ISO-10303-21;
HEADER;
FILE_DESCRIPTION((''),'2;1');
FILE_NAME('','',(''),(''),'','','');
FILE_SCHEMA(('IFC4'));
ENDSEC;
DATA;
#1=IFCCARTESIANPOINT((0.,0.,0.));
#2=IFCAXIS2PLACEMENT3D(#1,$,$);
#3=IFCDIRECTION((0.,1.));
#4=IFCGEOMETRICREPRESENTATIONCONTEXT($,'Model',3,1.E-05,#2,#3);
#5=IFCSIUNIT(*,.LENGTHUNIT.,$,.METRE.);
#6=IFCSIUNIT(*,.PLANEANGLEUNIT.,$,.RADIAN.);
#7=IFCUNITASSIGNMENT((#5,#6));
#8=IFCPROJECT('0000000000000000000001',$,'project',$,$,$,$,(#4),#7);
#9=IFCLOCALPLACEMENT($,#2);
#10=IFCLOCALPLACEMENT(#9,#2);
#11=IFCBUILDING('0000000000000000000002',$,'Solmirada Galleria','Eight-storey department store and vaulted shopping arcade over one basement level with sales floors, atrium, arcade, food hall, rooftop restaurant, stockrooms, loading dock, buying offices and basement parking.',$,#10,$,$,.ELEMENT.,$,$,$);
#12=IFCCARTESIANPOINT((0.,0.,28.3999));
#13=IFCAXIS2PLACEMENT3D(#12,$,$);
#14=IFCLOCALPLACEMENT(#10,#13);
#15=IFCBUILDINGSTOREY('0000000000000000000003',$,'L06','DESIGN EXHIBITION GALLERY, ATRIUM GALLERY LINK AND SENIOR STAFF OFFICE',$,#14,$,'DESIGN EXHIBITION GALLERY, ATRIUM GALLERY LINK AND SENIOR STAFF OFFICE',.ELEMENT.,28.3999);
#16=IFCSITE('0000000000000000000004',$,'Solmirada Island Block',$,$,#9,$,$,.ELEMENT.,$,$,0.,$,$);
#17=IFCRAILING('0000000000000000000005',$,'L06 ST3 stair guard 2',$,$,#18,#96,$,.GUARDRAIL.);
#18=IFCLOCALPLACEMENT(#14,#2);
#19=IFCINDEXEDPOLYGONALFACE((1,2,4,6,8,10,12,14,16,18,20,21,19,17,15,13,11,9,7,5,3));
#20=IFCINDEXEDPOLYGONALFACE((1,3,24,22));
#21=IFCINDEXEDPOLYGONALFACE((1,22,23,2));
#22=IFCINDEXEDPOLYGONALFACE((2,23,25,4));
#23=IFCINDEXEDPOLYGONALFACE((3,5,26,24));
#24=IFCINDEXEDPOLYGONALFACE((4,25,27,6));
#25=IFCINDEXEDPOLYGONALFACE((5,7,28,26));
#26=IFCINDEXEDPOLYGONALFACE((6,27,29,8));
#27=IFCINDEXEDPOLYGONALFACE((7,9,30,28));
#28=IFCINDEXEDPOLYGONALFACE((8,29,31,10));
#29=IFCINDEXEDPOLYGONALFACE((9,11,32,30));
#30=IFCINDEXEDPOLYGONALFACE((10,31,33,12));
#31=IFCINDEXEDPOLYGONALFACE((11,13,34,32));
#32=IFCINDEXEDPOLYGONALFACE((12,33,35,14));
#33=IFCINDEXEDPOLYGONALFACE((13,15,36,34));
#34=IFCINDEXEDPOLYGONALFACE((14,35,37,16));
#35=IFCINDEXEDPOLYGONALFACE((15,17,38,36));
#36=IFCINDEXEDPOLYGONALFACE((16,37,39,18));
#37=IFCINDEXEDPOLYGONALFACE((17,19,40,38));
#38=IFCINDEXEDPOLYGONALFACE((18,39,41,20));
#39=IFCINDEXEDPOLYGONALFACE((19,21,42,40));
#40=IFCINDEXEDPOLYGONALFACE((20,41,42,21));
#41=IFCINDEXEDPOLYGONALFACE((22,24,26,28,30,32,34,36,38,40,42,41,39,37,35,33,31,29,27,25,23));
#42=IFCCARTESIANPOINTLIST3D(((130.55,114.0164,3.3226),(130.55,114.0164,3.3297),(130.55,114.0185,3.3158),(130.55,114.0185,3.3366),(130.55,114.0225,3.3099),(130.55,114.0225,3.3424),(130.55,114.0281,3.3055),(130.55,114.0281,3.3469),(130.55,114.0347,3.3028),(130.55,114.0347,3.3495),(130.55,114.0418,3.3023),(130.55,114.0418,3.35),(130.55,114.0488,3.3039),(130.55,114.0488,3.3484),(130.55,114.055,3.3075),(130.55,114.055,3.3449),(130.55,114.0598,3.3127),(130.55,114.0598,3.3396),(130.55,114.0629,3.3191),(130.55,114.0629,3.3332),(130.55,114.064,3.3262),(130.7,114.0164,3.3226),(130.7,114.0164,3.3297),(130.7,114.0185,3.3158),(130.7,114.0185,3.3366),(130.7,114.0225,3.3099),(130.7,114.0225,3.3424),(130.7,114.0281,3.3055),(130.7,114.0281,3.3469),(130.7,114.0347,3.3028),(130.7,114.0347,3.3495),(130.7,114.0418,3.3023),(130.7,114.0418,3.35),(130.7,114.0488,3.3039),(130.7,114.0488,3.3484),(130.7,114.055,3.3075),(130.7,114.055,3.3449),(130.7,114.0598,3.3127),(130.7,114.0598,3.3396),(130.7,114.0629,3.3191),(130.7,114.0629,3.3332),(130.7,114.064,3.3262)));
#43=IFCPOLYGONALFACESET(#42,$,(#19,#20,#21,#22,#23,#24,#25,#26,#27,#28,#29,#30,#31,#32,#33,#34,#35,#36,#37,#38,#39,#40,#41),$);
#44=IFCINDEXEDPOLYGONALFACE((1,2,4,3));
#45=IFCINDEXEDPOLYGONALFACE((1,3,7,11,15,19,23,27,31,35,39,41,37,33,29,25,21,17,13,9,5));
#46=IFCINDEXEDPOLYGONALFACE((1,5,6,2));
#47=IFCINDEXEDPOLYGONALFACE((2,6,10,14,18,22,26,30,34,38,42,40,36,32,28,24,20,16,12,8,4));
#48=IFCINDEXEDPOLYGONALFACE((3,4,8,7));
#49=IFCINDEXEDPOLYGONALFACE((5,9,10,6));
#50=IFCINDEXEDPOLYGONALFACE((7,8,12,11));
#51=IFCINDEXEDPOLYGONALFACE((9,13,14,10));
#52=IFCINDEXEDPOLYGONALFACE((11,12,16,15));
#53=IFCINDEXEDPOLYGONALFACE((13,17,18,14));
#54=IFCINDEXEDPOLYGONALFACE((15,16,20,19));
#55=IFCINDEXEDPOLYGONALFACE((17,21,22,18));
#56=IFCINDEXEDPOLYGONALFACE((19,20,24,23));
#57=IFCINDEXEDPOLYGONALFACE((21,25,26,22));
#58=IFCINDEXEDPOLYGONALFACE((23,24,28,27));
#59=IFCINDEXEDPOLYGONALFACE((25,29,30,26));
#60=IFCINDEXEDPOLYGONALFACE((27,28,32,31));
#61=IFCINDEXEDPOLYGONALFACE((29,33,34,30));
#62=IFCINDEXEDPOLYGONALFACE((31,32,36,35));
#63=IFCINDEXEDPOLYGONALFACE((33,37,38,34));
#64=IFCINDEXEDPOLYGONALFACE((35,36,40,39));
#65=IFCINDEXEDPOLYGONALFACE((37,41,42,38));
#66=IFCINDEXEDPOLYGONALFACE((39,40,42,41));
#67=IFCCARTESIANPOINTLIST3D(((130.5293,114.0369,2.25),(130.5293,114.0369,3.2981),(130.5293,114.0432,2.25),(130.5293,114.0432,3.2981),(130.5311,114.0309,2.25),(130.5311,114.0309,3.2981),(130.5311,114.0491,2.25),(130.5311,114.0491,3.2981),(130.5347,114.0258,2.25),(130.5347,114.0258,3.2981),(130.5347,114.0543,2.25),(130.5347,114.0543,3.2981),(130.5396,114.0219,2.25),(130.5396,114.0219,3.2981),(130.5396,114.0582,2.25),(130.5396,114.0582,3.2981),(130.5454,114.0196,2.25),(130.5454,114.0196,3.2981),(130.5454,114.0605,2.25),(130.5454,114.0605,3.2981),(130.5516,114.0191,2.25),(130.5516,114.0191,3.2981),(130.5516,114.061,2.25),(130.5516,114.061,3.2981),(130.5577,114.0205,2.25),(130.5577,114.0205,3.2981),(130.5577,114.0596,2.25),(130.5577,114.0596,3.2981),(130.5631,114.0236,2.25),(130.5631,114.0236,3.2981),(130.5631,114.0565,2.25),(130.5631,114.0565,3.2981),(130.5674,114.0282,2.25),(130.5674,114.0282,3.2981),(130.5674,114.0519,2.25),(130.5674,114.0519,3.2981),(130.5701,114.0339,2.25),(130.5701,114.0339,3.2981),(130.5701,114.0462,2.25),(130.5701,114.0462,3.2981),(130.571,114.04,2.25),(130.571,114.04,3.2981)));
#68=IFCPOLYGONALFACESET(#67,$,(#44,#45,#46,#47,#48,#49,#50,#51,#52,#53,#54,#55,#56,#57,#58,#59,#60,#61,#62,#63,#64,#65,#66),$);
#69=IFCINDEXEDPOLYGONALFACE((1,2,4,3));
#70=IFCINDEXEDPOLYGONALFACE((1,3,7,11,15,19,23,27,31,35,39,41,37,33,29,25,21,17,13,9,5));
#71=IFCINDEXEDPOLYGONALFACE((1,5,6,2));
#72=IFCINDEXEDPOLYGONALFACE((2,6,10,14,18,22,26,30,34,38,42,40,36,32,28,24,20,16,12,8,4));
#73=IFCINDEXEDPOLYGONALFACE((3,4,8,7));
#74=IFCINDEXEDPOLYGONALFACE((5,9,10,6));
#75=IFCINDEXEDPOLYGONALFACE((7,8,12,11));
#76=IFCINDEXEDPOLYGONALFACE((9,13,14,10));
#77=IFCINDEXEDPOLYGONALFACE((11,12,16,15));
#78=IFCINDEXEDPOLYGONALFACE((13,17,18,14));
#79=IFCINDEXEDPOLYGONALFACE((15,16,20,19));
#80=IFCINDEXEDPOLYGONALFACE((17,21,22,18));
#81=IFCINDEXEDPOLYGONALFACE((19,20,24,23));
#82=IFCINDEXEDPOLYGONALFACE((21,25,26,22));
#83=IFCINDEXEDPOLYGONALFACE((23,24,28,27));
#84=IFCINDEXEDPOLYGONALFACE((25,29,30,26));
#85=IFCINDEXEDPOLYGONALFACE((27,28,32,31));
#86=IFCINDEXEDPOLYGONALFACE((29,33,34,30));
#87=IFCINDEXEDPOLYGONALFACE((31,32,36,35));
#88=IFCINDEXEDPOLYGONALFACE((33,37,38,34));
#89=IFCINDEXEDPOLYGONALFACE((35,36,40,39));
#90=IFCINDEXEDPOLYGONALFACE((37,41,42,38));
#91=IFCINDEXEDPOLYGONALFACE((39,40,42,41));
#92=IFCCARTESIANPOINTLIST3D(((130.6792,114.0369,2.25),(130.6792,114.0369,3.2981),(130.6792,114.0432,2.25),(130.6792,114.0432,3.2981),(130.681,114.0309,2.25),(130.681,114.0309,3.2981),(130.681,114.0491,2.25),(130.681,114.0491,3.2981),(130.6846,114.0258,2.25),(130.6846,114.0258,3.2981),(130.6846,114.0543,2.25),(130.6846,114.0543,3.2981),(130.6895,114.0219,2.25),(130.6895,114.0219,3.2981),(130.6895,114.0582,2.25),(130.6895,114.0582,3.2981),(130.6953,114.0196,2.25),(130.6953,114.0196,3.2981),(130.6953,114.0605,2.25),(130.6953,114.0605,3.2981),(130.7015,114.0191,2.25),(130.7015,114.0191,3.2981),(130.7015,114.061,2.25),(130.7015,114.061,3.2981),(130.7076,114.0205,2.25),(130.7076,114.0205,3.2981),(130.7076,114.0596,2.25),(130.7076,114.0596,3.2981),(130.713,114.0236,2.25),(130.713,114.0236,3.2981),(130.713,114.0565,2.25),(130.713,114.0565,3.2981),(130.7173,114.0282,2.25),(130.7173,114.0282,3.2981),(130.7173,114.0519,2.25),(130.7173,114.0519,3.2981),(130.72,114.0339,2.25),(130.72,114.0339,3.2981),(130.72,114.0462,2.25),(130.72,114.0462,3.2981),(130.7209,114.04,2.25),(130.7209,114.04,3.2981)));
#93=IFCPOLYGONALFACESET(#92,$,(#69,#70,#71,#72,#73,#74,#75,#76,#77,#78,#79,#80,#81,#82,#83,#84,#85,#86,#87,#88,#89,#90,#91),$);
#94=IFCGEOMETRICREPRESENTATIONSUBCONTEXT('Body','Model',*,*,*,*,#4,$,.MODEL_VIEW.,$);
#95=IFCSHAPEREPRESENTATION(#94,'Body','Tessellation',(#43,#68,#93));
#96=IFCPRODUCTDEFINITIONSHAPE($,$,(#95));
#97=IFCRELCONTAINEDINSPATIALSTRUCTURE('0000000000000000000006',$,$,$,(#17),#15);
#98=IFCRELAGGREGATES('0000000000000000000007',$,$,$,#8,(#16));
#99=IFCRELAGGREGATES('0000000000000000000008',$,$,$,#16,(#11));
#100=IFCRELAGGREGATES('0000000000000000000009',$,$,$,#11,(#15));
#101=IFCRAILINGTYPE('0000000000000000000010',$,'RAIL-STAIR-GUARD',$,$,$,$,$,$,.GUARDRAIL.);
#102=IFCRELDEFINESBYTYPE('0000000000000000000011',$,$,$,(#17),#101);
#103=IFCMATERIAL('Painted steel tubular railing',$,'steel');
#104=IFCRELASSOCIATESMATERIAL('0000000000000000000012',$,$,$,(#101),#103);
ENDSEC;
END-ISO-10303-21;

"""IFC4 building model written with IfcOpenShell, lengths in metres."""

from ifc_helpers import new_model, si_unit, direction, frame, origin, origin_2d, place, context, subcontext, project, spatial, circle, extrude, material, type_object, element, save


model = new_model("IFC4")

# Units and contexts
model_context = context("Model", 3, precision=1e-05, world=origin(), true_north=direction((0.0, 1.0)))
body_context = subcontext(model_context, "Body", "Model", "MODEL_VIEW")
ifc_project = project(units=[si_unit("LENGTHUNIT", "METRE"), si_unit("PLANEANGLEUNIT", "RADIAN")], contexts=[model_context])

# Site, building, storey
site_placement = place(None, origin())
site = spatial("IfcSite", under=ifc_project, at=site_placement, Name="Solmirada Island Block", CompositionType="ELEMENT", RefElevation=0.0)
building_placement = place(site_placement, origin())
building = spatial("IfcBuilding", under=site, at=building_placement, Name="Solmirada Galleria", Description="Eight-storey department store and vaulted shopping arcade over one basement level with sales floors, atrium, arcade, food hall, rooftop restaurant, stockrooms, loading dock, buying offices and basement parking.", CompositionType="ELEMENT")
storey_placement = place(building_placement, frame((0.0, 0.0, 28.3999)))
storey = spatial("IfcBuildingStorey", under=building, at=storey_placement, Name="L06", Description="DESIGN EXHIBITION GALLERY, ATRIUM GALLERY LINK AND SENIOR STAFF OFFICE", LongName="DESIGN EXHIBITION GALLERY, ATRIUM GALLERY LINK AND SENIOR STAFF OFFICE", CompositionType="ELEMENT", Elevation=28.3999)

# Railing
ifc_material_1 = material(Name="Painted steel tubular railing", Category="steel")
railing_type_1 = type_object("IfcRailingType", Name="RAIL-STAIR-GUARD", PredefinedType="GUARDRAIL", material=ifc_material_1)
railing_1_placement = place(storey_placement, frame((130.55, 114.04, 2.25)))
element("IfcRailing", 1, at=railing_1_placement, inside=storey, type_object=railing_type_1, Name="L06 ST3 stair guard 2", PredefinedType="GUARDRAIL", context=body_context, shape_type="SweptSolid", body=[
    extrude(circle(Radius=0.0239, at=origin_2d()), frame((0.0, 0.0, 1.0762), z_axis=(1.0, 0.0, 0.0), x_axis=(0.0, 1.0, 0.0)), (0.0, 0.0, 1.0), 0.1499),
    extrude(circle(Radius=0.021, at=origin_2d()), origin(), (0.0, 0.0, 1.0), 1.0481),
    extrude(circle(Radius=0.021, at=origin_2d()), frame((0.1499, 0.0, 0.0)), (0.0, 0.0, 1.0), 1.0481),
])

save(model, "model.ifc")
